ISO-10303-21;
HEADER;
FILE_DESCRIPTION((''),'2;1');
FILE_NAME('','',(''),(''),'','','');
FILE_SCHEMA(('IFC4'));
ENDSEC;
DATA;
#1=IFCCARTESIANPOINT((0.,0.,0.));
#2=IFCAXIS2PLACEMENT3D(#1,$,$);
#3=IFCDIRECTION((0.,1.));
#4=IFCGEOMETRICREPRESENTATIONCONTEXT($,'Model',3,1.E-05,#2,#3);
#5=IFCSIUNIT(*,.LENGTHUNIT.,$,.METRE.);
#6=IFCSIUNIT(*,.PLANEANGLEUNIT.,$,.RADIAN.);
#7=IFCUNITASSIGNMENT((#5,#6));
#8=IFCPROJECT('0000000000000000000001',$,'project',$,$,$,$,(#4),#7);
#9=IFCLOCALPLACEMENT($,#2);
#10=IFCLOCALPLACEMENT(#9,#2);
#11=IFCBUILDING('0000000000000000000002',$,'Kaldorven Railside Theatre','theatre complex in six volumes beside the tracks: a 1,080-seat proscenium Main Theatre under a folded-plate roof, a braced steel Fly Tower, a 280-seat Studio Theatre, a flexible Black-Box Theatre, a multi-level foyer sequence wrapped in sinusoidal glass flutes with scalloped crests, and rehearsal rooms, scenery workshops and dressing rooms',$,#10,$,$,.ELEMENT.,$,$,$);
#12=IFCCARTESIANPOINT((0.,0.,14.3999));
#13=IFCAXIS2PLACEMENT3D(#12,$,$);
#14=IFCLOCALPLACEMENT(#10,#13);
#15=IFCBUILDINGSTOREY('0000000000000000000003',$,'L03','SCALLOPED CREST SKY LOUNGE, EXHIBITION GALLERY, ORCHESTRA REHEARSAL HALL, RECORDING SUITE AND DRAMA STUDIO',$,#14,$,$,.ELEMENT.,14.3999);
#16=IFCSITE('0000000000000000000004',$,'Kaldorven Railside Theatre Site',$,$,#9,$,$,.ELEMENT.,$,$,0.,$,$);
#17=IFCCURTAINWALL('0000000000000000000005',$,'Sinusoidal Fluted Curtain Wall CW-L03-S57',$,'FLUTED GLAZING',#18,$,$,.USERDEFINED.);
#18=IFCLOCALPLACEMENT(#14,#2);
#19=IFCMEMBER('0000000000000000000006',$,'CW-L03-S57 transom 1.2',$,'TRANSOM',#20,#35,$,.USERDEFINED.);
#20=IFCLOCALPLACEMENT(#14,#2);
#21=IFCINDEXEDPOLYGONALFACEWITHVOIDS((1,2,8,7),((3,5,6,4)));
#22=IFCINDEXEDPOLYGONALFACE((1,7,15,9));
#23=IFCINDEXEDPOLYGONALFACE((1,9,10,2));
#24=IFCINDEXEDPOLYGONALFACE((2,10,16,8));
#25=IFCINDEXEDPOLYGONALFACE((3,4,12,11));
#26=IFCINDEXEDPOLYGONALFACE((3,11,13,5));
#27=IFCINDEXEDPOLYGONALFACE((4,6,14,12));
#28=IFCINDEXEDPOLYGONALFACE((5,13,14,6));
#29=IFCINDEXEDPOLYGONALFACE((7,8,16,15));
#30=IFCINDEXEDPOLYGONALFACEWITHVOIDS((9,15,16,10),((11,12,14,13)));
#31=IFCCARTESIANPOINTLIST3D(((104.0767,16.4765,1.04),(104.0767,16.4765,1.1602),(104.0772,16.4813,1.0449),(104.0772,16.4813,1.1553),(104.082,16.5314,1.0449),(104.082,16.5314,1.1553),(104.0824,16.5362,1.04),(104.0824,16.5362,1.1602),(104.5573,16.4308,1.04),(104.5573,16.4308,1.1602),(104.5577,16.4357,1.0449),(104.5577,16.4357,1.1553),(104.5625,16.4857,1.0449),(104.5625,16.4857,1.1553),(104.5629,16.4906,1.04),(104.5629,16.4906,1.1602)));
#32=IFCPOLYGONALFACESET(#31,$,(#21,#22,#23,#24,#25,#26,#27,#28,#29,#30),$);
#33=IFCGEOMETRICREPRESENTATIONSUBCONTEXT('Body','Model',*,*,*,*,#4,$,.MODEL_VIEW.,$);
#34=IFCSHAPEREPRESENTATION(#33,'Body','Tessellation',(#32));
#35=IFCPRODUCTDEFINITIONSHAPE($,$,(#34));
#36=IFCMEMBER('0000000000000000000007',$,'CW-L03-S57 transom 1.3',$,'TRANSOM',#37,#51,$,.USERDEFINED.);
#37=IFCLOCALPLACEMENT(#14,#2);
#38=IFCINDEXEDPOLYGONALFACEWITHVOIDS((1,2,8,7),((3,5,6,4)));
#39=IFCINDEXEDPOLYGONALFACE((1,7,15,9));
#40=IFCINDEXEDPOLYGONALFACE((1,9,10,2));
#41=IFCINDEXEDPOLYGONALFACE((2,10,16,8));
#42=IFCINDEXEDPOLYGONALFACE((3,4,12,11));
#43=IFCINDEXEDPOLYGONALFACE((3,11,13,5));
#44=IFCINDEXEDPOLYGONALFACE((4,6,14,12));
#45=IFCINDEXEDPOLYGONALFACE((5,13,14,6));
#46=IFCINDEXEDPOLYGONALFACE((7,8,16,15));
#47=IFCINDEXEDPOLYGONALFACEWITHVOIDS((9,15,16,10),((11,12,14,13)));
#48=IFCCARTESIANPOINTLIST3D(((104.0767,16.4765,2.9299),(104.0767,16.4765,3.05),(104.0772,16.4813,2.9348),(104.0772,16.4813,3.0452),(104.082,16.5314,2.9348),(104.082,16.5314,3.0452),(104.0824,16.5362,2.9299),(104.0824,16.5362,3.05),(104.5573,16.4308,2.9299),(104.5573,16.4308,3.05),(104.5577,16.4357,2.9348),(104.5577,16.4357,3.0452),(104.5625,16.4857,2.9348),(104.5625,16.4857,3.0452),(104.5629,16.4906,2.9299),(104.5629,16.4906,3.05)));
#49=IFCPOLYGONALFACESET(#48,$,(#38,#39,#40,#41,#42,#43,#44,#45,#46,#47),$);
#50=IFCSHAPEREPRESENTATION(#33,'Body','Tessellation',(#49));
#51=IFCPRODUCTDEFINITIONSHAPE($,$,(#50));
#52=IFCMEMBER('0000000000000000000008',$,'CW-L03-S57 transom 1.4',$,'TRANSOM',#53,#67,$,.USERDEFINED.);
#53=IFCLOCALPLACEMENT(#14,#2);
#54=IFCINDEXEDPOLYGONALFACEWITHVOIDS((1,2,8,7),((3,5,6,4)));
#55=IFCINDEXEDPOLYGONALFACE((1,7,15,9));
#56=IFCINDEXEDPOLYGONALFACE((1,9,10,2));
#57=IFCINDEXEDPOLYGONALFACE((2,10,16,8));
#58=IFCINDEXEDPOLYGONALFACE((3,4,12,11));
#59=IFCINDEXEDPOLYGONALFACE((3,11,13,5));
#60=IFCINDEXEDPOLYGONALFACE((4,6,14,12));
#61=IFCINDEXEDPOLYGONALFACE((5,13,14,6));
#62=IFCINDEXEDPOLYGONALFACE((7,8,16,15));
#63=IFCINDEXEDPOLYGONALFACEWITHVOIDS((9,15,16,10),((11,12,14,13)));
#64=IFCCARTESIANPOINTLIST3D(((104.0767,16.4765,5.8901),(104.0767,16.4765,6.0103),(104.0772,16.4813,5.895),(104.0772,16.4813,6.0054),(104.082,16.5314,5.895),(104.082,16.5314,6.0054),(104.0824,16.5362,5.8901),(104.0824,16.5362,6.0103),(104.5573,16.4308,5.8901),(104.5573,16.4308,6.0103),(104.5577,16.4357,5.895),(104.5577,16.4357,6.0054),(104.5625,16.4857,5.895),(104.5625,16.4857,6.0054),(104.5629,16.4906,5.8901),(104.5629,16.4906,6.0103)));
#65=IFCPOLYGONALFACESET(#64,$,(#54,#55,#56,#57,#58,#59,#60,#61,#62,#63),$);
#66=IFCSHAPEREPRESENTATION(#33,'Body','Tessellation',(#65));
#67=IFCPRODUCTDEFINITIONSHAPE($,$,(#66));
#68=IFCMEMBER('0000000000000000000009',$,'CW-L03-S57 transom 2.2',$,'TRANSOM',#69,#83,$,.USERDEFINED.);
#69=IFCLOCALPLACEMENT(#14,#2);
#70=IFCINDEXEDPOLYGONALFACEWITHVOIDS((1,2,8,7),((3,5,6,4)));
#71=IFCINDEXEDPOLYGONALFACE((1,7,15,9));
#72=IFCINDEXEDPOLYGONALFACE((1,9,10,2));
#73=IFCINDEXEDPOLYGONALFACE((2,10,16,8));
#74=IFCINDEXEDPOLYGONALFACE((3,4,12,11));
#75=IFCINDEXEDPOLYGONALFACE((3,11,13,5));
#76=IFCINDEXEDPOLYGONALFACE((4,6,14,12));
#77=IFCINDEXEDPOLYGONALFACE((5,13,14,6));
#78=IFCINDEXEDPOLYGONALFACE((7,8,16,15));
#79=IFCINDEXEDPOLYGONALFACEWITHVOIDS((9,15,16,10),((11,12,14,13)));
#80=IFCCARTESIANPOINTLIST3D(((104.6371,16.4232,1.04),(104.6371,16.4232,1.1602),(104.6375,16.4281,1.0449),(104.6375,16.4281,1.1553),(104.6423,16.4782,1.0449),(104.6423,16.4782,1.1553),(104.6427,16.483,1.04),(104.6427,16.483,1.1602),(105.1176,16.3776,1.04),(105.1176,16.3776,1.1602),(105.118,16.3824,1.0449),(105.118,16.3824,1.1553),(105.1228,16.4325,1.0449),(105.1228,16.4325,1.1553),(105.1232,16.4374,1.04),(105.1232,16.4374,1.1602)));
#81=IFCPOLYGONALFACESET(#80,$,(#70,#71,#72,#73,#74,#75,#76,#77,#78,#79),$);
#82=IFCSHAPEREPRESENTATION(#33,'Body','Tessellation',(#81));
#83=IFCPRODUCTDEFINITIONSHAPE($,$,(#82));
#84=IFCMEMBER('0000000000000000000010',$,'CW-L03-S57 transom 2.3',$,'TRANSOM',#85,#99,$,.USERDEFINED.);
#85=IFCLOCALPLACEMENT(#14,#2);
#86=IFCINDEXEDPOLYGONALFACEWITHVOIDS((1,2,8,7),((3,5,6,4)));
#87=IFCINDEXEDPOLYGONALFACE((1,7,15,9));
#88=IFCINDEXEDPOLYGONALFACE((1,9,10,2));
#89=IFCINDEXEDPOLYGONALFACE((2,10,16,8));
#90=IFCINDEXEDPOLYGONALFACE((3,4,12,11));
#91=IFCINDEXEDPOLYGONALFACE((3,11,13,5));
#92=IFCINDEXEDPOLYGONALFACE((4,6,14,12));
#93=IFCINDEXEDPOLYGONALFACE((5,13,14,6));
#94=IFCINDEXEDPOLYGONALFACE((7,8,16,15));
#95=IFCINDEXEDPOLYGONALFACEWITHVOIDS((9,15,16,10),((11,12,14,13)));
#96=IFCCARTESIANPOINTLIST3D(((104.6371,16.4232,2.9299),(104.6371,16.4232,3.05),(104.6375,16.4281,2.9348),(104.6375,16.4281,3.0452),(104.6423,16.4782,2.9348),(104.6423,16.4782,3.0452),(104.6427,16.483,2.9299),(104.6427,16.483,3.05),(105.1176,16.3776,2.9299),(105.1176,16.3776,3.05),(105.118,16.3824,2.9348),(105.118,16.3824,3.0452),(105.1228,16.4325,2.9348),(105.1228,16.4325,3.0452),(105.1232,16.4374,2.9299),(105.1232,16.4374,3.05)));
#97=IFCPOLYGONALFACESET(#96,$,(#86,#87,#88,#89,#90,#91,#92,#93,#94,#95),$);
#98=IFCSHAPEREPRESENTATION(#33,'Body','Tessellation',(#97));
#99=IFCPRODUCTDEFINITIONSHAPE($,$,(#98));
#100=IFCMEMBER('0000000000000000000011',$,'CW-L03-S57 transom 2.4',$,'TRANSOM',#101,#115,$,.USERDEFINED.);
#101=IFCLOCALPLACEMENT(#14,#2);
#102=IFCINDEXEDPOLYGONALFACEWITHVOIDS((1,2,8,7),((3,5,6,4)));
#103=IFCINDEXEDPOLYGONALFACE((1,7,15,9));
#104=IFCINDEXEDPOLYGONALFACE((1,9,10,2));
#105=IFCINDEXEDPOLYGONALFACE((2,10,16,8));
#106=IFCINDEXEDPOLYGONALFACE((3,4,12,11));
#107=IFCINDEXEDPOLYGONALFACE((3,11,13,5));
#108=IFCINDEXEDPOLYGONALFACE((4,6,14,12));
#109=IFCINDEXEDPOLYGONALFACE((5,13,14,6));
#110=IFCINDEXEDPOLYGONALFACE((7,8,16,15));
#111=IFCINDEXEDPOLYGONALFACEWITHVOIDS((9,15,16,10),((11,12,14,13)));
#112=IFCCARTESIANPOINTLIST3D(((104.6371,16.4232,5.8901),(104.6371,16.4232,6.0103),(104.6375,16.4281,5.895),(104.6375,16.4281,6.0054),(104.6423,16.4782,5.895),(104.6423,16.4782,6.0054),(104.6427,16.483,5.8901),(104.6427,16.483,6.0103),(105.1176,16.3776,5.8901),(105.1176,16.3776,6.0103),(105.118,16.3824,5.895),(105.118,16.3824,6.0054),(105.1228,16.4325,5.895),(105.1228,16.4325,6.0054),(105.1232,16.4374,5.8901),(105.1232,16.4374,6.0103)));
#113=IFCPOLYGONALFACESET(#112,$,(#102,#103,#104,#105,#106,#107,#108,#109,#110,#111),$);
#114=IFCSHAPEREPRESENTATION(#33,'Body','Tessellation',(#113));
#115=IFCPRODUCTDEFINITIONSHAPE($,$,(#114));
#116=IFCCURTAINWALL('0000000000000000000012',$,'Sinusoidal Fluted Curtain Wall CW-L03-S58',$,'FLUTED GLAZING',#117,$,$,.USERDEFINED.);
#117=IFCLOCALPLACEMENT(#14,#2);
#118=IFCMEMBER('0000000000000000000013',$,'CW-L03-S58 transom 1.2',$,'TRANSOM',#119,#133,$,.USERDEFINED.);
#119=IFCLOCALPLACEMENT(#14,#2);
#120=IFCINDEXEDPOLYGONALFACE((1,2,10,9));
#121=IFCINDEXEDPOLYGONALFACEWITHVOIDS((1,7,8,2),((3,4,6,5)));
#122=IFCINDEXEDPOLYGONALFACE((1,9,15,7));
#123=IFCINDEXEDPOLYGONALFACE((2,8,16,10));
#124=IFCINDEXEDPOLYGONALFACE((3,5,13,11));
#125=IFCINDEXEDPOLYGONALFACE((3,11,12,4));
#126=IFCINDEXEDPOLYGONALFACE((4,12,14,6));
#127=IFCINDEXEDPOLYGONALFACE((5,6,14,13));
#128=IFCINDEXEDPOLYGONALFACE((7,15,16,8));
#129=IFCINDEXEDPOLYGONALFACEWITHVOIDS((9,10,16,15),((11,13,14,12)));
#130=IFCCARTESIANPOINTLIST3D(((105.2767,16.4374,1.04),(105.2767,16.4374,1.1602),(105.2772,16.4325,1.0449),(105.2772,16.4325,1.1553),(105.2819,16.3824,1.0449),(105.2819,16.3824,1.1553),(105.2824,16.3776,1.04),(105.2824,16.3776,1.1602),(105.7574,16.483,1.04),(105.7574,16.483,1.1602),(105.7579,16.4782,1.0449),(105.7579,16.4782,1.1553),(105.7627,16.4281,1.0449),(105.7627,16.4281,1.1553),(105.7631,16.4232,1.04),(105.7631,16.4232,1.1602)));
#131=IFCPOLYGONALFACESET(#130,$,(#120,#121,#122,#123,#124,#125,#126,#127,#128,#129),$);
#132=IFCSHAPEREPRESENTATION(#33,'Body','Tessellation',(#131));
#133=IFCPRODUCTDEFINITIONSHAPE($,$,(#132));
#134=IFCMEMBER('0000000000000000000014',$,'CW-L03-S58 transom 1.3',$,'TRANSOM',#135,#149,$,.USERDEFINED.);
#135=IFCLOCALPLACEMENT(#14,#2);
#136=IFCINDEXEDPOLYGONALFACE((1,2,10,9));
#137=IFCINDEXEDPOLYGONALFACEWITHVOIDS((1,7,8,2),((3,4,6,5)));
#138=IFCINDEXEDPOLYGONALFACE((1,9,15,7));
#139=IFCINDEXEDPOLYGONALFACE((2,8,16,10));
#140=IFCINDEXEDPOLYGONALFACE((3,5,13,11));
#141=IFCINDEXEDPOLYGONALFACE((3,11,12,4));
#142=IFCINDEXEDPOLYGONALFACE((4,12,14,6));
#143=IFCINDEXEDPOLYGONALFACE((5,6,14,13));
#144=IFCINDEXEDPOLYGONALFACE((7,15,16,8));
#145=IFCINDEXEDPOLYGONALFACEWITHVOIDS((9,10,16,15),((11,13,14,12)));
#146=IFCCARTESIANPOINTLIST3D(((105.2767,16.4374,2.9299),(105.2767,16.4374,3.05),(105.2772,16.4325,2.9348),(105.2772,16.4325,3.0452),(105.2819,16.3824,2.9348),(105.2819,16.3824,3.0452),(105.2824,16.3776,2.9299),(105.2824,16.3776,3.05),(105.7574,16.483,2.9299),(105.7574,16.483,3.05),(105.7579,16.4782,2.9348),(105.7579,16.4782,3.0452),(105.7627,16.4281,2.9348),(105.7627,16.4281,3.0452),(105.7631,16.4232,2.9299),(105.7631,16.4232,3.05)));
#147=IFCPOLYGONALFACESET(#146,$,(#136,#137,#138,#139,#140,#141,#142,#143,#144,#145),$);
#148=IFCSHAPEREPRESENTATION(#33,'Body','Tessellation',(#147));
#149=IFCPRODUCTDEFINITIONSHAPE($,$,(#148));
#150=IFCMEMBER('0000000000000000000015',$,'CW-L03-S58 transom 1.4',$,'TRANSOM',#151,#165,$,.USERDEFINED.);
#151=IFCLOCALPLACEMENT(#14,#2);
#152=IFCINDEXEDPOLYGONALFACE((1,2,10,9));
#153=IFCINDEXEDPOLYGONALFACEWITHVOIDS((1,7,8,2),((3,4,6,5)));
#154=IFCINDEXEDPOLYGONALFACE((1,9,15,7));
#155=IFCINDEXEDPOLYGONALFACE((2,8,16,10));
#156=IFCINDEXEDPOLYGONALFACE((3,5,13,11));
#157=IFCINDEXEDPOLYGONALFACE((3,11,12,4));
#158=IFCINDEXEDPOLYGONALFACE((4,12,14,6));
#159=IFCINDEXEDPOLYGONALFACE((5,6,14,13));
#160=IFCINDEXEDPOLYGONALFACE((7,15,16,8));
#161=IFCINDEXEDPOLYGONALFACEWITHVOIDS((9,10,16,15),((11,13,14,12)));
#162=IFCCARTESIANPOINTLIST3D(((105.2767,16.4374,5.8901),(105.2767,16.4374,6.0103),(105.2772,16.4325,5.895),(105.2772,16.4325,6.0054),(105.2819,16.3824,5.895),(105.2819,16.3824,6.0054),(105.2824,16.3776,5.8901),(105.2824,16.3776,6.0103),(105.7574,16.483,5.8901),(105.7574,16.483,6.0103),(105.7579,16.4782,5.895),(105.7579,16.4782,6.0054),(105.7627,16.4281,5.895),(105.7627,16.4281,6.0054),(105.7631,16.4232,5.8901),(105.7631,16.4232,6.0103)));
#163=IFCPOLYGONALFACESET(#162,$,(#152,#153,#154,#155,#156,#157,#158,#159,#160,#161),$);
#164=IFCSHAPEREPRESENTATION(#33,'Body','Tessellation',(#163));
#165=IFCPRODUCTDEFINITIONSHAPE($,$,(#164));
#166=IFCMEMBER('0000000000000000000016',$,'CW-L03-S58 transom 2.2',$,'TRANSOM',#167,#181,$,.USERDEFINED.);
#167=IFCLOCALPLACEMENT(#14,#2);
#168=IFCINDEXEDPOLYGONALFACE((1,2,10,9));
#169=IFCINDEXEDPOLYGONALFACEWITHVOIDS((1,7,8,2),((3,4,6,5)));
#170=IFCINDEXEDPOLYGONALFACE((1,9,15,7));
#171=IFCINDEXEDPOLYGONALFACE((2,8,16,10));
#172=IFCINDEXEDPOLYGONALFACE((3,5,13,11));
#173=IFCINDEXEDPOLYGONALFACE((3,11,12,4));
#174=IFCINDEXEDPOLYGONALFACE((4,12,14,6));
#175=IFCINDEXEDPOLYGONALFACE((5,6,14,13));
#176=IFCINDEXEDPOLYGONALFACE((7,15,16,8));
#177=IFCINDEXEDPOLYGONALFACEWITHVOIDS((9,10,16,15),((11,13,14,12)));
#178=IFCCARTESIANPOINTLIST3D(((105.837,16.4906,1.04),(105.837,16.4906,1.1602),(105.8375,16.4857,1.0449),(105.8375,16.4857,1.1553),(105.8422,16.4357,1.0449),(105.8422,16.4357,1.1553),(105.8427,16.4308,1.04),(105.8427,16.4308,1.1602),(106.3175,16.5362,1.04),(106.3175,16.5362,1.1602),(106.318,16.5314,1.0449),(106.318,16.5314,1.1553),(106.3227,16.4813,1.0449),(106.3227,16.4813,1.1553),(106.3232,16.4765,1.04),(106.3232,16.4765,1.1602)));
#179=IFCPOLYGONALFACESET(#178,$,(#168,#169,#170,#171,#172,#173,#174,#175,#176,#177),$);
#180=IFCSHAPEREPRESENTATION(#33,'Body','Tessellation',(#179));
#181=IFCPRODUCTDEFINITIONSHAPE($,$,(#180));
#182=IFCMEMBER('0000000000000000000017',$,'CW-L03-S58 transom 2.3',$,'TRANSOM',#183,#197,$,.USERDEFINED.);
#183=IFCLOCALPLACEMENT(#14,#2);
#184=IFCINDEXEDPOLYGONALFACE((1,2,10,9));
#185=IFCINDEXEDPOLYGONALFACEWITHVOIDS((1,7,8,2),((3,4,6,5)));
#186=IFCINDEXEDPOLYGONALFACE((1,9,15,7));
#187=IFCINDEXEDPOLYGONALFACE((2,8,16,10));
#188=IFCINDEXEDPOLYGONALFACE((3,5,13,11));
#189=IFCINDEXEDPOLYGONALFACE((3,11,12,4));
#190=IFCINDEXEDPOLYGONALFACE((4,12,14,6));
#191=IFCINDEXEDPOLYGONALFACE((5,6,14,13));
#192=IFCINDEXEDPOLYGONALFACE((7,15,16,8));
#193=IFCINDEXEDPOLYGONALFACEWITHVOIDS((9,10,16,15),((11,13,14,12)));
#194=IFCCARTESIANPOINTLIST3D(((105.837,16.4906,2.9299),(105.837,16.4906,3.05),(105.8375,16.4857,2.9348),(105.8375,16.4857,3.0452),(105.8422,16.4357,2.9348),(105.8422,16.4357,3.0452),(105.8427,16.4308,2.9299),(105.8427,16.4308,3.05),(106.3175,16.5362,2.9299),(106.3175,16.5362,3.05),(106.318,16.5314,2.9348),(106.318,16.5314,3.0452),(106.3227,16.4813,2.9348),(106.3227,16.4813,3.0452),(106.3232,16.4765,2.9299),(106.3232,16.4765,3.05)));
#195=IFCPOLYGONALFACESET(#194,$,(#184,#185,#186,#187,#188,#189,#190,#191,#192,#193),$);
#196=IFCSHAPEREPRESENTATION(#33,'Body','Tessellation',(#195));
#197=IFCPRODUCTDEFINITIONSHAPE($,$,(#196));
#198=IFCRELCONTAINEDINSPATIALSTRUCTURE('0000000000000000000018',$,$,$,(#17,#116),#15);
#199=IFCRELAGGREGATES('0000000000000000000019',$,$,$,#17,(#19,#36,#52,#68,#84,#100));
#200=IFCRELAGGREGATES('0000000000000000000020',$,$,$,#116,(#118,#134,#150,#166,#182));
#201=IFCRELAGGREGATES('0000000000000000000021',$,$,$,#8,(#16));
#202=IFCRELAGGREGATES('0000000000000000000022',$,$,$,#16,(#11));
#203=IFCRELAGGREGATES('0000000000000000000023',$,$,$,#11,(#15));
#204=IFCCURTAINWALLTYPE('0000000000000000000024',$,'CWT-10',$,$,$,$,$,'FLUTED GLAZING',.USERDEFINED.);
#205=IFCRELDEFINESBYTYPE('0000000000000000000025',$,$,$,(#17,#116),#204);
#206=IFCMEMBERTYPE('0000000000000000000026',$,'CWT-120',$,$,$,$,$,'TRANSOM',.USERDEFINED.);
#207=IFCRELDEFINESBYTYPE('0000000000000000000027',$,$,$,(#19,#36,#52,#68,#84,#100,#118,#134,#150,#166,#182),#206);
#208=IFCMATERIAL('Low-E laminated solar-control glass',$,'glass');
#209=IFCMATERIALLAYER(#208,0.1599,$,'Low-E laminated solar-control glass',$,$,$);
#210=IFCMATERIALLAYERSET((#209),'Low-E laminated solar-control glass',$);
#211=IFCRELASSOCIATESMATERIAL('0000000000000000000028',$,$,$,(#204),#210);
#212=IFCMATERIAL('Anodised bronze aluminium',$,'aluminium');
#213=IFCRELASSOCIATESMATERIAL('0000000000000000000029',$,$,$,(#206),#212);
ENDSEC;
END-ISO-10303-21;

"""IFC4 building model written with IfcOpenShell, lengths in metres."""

from ifc_helpers import new_model, si_unit, direction, frame, origin, origin_2d, place, context, subcontext, project, spatial, hollow_rectangle, extrude, material, layer, layer_set, material_profile, profile_set, type_object, element, aggregate, save


model = new_model("IFC4")

# Units and contexts
model_context = context("Model", 3, precision=1e-05, world=origin(), true_north=direction((0.0, 1.0)))
body_context = subcontext(model_context, "Body", "Model", "MODEL_VIEW")
ifc_project = project(units=[si_unit("LENGTHUNIT", "METRE"), si_unit("PLANEANGLEUNIT", "RADIAN")], contexts=[model_context])

# Site, building, storey
site_placement = place(None, origin())
site = spatial("IfcSite", under=ifc_project, at=site_placement, Name="Kaldorven Railside Theatre Site", CompositionType="ELEMENT", RefElevation=0.0)
building_placement = place(site_placement, origin())
building = spatial("IfcBuilding", under=site, at=building_placement, Name="Kaldorven Railside Theatre", Description="theatre complex in six volumes beside the tracks: a 1,080-seat proscenium Main Theatre under a folded-plate roof, a braced steel Fly Tower, a 280-seat Studio Theatre, a flexible Black-Box Theatre, a multi-level foyer sequence wrapped in sinusoidal glass flutes with scalloped crests, and rehearsal rooms, scenery workshops and dressing rooms", CompositionType="ELEMENT")
storey_placement = place(building_placement, frame((0.0, 0.0, 14.3999)))
storey = spatial("IfcBuildingStorey", under=building, at=storey_placement, Name="L03", Description="SCALLOPED CREST SKY LOUNGE, EXHIBITION GALLERY, ORCHESTRA REHEARSAL HALL, RECORDING SUITE AND DRAMA STUDIO", CompositionType="ELEMENT", Elevation=14.3999)

# Curtain walls, members
ifc_material_1 = material(Name="Low-E laminated solar-control glass", Category="glass")
ifc_layer_1 = layer(ifc_material_1, 0.1599, Name="Low-E laminated solar-control glass")
ifc_layer_set_1 = layer_set([ifc_layer_1], Name="Low-E laminated solar-control glass")
curtain_wall_type_1 = type_object("IfcCurtainWallType", Name="CWT-10", ElementType="FLUTED GLAZING", PredefinedType="USERDEFINED", material=ifc_layer_set_1)
curtain_wall_1_placement = place(storey_placement, origin())
curtain_wall_1 = element("IfcCurtainWall", 1, at=curtain_wall_1_placement, inside=storey, type_object=curtain_wall_type_1, Name="Sinusoidal Fluted Curtain Wall CW-L03-S57", ObjectType="FLUTED GLAZING", PredefinedType="USERDEFINED")
ifc_material_2 = material(Name="Anodised bronze aluminium", Category="aluminium")
ifc_material_profile = material_profile(ifc_material_2, hollow_rectangle(XDim=0.0601, YDim=0.1201, WallThickness=0.0049, at=origin_2d()), Name="RHS 120x60x5")
ifc_profile_set = profile_set([ifc_material_profile], Name="Anodised bronze aluminium")
member_type = type_object("IfcMemberType", Name="CWT-120", ElementType="TRANSOM", PredefinedType="USERDEFINED", material=ifc_profile_set)
member_1_placement = place(storey_placement, frame((104.0796, 16.5063, 1.1001), z_axis=(0.995516, -0.094594, 0.0), x_axis=(0.094594, 0.995516, 0.0)))
member_1 = element("IfcMember", 2, at=member_1_placement, type_object=member_type, Name="CW-L03-S57 transom 1.2", ObjectType="TRANSOM", PredefinedType="USERDEFINED", context=body_context, shape_type="SweptSolid", body=[
    extrude(hollow_rectangle(XDim=0.0601, YDim=0.1201, WallThickness=0.0049, at=origin_2d()), origin(), (0.0, 0.0, 1.0), 0.4827),
])
member_2_placement = place(storey_placement, frame((104.0796, 16.5063, 2.99), z_axis=(0.995516, -0.094594, 0.0), x_axis=(0.094594, 0.995516, 0.0)))
member_2 = element("IfcMember", 3, at=member_2_placement, type_object=member_type, Name="CW-L03-S57 transom 1.3", ObjectType="TRANSOM", PredefinedType="USERDEFINED", context=body_context, shape_type="SweptSolid", body=[
    extrude(hollow_rectangle(XDim=0.0601, YDim=0.1201, WallThickness=0.0049, at=origin_2d()), origin(), (0.0, 0.0, 1.0), 0.4827),
])
member_3_placement = place(storey_placement, frame((104.0796, 16.5063, 5.9502), z_axis=(0.995516, -0.094594, 0.0), x_axis=(0.094594, 0.995516, 0.0)))
member_3 = element("IfcMember", 4, at=member_3_placement, type_object=member_type, Name="CW-L03-S57 transom 1.4", ObjectType="TRANSOM", PredefinedType="USERDEFINED", context=body_context, shape_type="SweptSolid", body=[
    extrude(hollow_rectangle(XDim=0.0601, YDim=0.1201, WallThickness=0.0049, at=origin_2d()), origin(), (0.0, 0.0, 1.0), 0.4827),
])
member_4_placement = place(storey_placement, frame((104.6399, 16.4531, 1.1001), z_axis=(0.995516, -0.094594, 0.0), x_axis=(0.094594, 0.995516, 0.0)))
member_4 = element("IfcMember", 5, at=member_4_placement, type_object=member_type, Name="CW-L03-S57 transom 2.2", ObjectType="TRANSOM", PredefinedType="USERDEFINED", context=body_context, shape_type="SweptSolid", body=[
    extrude(hollow_rectangle(XDim=0.0601, YDim=0.1201, WallThickness=0.0049, at=origin_2d()), origin(), (0.0, 0.0, 1.0), 0.4827),
])
member_5_placement = place(storey_placement, frame((104.6399, 16.4531, 2.99), z_axis=(0.995516, -0.094594, 0.0), x_axis=(0.094594, 0.995516, 0.0)))
member_5 = element("IfcMember", 6, at=member_5_placement, type_object=member_type, Name="CW-L03-S57 transom 2.3", ObjectType="TRANSOM", PredefinedType="USERDEFINED", context=body_context, shape_type="SweptSolid", body=[
    extrude(hollow_rectangle(XDim=0.0601, YDim=0.1201, WallThickness=0.0049, at=origin_2d()), origin(), (0.0, 0.0, 1.0), 0.4827),
])
member_6_placement = place(storey_placement, frame((104.6399, 16.4531, 5.9502), z_axis=(0.995516, -0.094594, 0.0), x_axis=(0.094594, 0.995516, 0.0)))
member_6 = element("IfcMember", 7, at=member_6_placement, type_object=member_type, Name="CW-L03-S57 transom 2.4", ObjectType="TRANSOM", PredefinedType="USERDEFINED", context=body_context, shape_type="SweptSolid", body=[
    extrude(hollow_rectangle(XDim=0.0601, YDim=0.1201, WallThickness=0.0049, at=origin_2d()), origin(), (0.0, 0.0, 1.0), 0.4827),
])
curtain_wall_2_placement = place(storey_placement, origin())
curtain_wall_2 = element("IfcCurtainWall", 8, at=curtain_wall_2_placement, inside=storey, type_object=curtain_wall_type_1, Name="Sinusoidal Fluted Curtain Wall CW-L03-S58", ObjectType="FLUTED GLAZING", PredefinedType="USERDEFINED")
member_7_placement = place(storey_placement, frame((105.2795, 16.4075, 1.1001), z_axis=(0.99552, 0.094547, 0.0), x_axis=(-0.094547, 0.99552, 0.0)))
member_7 = element("IfcMember", 9, at=member_7_placement, type_object=member_type, Name="CW-L03-S58 transom 1.2", ObjectType="TRANSOM", PredefinedType="USERDEFINED", context=body_context, shape_type="SweptSolid", body=[
    extrude(hollow_rectangle(XDim=0.0601, YDim=0.1201, WallThickness=0.0049, at=origin_2d()), origin(), (0.0, 0.0, 1.0), 0.4829),
])
member_8_placement = place(storey_placement, frame((105.2795, 16.4075, 2.99), z_axis=(0.99552, 0.094547, 0.0), x_axis=(-0.094547, 0.99552, 0.0)))
member_8 = element("IfcMember", 10, at=member_8_placement, type_object=member_type, Name="CW-L03-S58 transom 1.3", ObjectType="TRANSOM", PredefinedType="USERDEFINED", context=body_context, shape_type="SweptSolid", body=[
    extrude(hollow_rectangle(XDim=0.0601, YDim=0.1201, WallThickness=0.0049, at=origin_2d()), origin(), (0.0, 0.0, 1.0), 0.4829),
])
member_9_placement = place(storey_placement, frame((105.2795, 16.4075, 5.9502), z_axis=(0.99552, 0.094547, 0.0), x_axis=(-0.094547, 0.99552, 0.0)))
member_9 = element("IfcMember", 11, at=member_9_placement, type_object=member_type, Name="CW-L03-S58 transom 1.4", ObjectType="TRANSOM", PredefinedType="USERDEFINED", context=body_context, shape_type="SweptSolid", body=[
    extrude(hollow_rectangle(XDim=0.0601, YDim=0.1201, WallThickness=0.0049, at=origin_2d()), origin(), (0.0, 0.0, 1.0), 0.4829),
])
member_10_placement = place(storey_placement, frame((105.8398, 16.4607, 1.1001), z_axis=(0.995516, 0.094594, 0.0), x_axis=(-0.094594, 0.995516, 0.0)))
member_10 = element("IfcMember", 12, at=member_10_placement, type_object=member_type, Name="CW-L03-S58 transom 2.2", ObjectType="TRANSOM", PredefinedType="USERDEFINED", context=body_context, shape_type="SweptSolid", body=[
    extrude(hollow_rectangle(XDim=0.0601, YDim=0.1201, WallThickness=0.0049, at=origin_2d()), origin(), (0.0, 0.0, 1.0), 0.4827),
])
member_11_placement = place(storey_placement, frame((105.8398, 16.4607, 2.99), z_axis=(0.995516, 0.094594, 0.0), x_axis=(-0.094594, 0.995516, 0.0)))
member_11 = element("IfcMember", 13, at=member_11_placement, type_object=member_type, Name="CW-L03-S58 transom 2.3", ObjectType="TRANSOM", PredefinedType="USERDEFINED", context=body_context, shape_type="SweptSolid", body=[
    extrude(hollow_rectangle(XDim=0.0601, YDim=0.1201, WallThickness=0.0049, at=origin_2d()), origin(), (0.0, 0.0, 1.0), 0.4827),
])

aggregate(curtain_wall_1, [member_1, member_2, member_3, member_4, member_5, member_6])
aggregate(curtain_wall_2, [member_7, member_8, member_9, member_10, member_11])

save(model, "model.ifc")
